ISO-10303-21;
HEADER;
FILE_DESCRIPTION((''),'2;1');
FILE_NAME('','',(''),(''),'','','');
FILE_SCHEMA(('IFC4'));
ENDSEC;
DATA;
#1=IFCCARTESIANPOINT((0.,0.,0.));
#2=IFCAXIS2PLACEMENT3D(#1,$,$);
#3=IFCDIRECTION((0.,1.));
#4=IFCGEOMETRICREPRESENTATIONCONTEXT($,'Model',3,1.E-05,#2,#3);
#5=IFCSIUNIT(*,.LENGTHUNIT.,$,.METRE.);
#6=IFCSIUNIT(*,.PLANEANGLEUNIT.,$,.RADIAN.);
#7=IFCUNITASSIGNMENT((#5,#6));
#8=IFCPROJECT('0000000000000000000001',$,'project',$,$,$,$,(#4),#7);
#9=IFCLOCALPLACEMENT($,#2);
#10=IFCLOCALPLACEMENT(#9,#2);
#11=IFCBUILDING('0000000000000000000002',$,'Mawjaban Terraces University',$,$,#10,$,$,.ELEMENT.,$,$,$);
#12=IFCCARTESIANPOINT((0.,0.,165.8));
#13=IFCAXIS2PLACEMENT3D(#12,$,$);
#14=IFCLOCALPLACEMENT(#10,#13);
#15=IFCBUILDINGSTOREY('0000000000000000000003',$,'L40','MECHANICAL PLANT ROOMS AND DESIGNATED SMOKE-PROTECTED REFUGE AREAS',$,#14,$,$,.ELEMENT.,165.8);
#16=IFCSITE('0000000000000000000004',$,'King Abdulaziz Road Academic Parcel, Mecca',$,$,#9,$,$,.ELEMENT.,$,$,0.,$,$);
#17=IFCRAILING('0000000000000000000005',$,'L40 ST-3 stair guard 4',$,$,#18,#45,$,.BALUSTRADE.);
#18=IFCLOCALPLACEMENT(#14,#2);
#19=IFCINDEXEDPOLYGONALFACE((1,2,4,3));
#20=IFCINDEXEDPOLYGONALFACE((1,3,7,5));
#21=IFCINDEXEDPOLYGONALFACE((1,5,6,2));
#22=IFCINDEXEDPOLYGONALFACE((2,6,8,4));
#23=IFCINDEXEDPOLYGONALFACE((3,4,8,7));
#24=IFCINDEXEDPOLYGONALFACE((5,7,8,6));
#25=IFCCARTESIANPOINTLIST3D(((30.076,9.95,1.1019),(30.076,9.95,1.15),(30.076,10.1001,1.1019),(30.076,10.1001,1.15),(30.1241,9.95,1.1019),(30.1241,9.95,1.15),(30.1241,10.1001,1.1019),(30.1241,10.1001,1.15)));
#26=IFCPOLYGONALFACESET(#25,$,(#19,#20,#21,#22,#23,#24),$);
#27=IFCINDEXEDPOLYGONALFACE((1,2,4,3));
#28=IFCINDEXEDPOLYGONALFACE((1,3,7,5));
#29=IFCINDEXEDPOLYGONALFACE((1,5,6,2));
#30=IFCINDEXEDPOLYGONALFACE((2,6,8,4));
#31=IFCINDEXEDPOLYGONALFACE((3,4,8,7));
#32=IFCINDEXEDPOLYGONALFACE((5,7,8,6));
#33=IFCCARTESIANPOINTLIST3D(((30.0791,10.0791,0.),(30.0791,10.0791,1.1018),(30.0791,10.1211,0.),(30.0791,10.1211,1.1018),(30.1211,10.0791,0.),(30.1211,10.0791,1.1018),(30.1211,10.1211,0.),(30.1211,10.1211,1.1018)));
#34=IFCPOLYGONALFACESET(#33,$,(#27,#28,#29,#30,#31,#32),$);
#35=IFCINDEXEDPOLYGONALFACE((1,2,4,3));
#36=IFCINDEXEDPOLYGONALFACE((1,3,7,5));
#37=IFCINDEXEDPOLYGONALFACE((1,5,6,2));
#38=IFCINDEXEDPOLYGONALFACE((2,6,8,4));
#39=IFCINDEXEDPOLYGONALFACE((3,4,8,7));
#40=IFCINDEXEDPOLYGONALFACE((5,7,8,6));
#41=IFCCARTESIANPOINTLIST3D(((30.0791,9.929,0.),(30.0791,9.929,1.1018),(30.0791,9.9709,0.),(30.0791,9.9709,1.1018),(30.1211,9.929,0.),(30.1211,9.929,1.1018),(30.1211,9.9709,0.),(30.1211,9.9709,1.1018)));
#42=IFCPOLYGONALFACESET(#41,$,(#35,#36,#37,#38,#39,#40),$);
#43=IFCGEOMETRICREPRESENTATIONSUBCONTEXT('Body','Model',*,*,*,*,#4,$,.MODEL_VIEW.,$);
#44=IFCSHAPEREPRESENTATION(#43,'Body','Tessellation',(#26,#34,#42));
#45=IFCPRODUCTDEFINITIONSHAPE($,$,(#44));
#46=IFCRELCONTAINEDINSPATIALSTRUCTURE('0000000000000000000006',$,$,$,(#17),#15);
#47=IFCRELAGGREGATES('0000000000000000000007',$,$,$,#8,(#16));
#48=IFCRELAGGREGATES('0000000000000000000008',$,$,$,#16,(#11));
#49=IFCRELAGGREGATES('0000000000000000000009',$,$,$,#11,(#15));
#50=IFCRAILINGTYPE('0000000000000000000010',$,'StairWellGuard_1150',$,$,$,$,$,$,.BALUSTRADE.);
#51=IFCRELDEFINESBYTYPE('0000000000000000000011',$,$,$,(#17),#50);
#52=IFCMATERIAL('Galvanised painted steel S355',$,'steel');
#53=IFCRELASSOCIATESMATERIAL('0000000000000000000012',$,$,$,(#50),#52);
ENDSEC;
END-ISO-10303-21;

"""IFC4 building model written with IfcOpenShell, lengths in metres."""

from ifc_helpers import new_model, si_unit, direction, frame, origin, origin_2d, place, context, subcontext, project, spatial, rectangle, extrude, material, type_object, element, save


model = new_model("IFC4")

# Units and contexts
model_context = context("Model", 3, precision=1e-05, world=origin(), true_north=direction((0.0, 1.0)))
body_context = subcontext(model_context, "Body", "Model", "MODEL_VIEW")
ifc_project = project(units=[si_unit("LENGTHUNIT", "METRE"), si_unit("PLANEANGLEUNIT", "RADIAN")], contexts=[model_context])

# Site, building, storey
site_placement = place(None, origin())
site = spatial("IfcSite", under=ifc_project, at=site_placement, Name="King Abdulaziz Road Academic Parcel, Mecca", CompositionType="ELEMENT", RefElevation=0.0)
building_placement = place(site_placement, origin())
building = spatial("IfcBuilding", under=site, at=building_placement, Name="Mawjaban Terraces University", CompositionType="ELEMENT")
storey_placement = place(building_placement, frame((0.0, 0.0, 165.8)))
storey = spatial("IfcBuildingStorey", under=building, at=storey_placement, Name="L40", Description="MECHANICAL PLANT ROOMS AND DESIGNATED SMOKE-PROTECTED REFUGE AREAS", CompositionType="ELEMENT", Elevation=165.8)

# Railing
ifc_material_1 = material(Name="Galvanised painted steel S355", Category="steel")
railing_type_1 = type_object("IfcRailingType", Name="StairWellGuard_1150", PredefinedType="BALUSTRADE", material=ifc_material_1)
railing_1_placement = place(storey_placement, frame((30.1001, 10.1001, 0.0)))
element("IfcRailing", 1, at=railing_1_placement, inside=storey, type_object=railing_type_1, Name="L40 ST-3 stair guard 4", PredefinedType="BALUSTRADE", context=body_context, shape_type="SweptSolid", body=[
    extrude(rectangle(XDim=0.0481, YDim=0.0481, at=origin_2d()), frame((0.0, 0.0, 1.126), z_axis=(0.0, -1.0, 0.0), x_axis=(1.0, 0.0, 0.0)), (0.0, 0.0, 1.0), 0.1501),
    extrude(rectangle(XDim=0.042, YDim=0.042, at=origin_2d()), origin(), (0.0, 0.0, 1.0), 1.1018),
    extrude(rectangle(XDim=0.042, YDim=0.042, at=origin_2d()), frame((0.0, -0.1501, 0.0)), (0.0, 0.0, 1.0), 1.1018),
])

save(model, "model.ifc")
